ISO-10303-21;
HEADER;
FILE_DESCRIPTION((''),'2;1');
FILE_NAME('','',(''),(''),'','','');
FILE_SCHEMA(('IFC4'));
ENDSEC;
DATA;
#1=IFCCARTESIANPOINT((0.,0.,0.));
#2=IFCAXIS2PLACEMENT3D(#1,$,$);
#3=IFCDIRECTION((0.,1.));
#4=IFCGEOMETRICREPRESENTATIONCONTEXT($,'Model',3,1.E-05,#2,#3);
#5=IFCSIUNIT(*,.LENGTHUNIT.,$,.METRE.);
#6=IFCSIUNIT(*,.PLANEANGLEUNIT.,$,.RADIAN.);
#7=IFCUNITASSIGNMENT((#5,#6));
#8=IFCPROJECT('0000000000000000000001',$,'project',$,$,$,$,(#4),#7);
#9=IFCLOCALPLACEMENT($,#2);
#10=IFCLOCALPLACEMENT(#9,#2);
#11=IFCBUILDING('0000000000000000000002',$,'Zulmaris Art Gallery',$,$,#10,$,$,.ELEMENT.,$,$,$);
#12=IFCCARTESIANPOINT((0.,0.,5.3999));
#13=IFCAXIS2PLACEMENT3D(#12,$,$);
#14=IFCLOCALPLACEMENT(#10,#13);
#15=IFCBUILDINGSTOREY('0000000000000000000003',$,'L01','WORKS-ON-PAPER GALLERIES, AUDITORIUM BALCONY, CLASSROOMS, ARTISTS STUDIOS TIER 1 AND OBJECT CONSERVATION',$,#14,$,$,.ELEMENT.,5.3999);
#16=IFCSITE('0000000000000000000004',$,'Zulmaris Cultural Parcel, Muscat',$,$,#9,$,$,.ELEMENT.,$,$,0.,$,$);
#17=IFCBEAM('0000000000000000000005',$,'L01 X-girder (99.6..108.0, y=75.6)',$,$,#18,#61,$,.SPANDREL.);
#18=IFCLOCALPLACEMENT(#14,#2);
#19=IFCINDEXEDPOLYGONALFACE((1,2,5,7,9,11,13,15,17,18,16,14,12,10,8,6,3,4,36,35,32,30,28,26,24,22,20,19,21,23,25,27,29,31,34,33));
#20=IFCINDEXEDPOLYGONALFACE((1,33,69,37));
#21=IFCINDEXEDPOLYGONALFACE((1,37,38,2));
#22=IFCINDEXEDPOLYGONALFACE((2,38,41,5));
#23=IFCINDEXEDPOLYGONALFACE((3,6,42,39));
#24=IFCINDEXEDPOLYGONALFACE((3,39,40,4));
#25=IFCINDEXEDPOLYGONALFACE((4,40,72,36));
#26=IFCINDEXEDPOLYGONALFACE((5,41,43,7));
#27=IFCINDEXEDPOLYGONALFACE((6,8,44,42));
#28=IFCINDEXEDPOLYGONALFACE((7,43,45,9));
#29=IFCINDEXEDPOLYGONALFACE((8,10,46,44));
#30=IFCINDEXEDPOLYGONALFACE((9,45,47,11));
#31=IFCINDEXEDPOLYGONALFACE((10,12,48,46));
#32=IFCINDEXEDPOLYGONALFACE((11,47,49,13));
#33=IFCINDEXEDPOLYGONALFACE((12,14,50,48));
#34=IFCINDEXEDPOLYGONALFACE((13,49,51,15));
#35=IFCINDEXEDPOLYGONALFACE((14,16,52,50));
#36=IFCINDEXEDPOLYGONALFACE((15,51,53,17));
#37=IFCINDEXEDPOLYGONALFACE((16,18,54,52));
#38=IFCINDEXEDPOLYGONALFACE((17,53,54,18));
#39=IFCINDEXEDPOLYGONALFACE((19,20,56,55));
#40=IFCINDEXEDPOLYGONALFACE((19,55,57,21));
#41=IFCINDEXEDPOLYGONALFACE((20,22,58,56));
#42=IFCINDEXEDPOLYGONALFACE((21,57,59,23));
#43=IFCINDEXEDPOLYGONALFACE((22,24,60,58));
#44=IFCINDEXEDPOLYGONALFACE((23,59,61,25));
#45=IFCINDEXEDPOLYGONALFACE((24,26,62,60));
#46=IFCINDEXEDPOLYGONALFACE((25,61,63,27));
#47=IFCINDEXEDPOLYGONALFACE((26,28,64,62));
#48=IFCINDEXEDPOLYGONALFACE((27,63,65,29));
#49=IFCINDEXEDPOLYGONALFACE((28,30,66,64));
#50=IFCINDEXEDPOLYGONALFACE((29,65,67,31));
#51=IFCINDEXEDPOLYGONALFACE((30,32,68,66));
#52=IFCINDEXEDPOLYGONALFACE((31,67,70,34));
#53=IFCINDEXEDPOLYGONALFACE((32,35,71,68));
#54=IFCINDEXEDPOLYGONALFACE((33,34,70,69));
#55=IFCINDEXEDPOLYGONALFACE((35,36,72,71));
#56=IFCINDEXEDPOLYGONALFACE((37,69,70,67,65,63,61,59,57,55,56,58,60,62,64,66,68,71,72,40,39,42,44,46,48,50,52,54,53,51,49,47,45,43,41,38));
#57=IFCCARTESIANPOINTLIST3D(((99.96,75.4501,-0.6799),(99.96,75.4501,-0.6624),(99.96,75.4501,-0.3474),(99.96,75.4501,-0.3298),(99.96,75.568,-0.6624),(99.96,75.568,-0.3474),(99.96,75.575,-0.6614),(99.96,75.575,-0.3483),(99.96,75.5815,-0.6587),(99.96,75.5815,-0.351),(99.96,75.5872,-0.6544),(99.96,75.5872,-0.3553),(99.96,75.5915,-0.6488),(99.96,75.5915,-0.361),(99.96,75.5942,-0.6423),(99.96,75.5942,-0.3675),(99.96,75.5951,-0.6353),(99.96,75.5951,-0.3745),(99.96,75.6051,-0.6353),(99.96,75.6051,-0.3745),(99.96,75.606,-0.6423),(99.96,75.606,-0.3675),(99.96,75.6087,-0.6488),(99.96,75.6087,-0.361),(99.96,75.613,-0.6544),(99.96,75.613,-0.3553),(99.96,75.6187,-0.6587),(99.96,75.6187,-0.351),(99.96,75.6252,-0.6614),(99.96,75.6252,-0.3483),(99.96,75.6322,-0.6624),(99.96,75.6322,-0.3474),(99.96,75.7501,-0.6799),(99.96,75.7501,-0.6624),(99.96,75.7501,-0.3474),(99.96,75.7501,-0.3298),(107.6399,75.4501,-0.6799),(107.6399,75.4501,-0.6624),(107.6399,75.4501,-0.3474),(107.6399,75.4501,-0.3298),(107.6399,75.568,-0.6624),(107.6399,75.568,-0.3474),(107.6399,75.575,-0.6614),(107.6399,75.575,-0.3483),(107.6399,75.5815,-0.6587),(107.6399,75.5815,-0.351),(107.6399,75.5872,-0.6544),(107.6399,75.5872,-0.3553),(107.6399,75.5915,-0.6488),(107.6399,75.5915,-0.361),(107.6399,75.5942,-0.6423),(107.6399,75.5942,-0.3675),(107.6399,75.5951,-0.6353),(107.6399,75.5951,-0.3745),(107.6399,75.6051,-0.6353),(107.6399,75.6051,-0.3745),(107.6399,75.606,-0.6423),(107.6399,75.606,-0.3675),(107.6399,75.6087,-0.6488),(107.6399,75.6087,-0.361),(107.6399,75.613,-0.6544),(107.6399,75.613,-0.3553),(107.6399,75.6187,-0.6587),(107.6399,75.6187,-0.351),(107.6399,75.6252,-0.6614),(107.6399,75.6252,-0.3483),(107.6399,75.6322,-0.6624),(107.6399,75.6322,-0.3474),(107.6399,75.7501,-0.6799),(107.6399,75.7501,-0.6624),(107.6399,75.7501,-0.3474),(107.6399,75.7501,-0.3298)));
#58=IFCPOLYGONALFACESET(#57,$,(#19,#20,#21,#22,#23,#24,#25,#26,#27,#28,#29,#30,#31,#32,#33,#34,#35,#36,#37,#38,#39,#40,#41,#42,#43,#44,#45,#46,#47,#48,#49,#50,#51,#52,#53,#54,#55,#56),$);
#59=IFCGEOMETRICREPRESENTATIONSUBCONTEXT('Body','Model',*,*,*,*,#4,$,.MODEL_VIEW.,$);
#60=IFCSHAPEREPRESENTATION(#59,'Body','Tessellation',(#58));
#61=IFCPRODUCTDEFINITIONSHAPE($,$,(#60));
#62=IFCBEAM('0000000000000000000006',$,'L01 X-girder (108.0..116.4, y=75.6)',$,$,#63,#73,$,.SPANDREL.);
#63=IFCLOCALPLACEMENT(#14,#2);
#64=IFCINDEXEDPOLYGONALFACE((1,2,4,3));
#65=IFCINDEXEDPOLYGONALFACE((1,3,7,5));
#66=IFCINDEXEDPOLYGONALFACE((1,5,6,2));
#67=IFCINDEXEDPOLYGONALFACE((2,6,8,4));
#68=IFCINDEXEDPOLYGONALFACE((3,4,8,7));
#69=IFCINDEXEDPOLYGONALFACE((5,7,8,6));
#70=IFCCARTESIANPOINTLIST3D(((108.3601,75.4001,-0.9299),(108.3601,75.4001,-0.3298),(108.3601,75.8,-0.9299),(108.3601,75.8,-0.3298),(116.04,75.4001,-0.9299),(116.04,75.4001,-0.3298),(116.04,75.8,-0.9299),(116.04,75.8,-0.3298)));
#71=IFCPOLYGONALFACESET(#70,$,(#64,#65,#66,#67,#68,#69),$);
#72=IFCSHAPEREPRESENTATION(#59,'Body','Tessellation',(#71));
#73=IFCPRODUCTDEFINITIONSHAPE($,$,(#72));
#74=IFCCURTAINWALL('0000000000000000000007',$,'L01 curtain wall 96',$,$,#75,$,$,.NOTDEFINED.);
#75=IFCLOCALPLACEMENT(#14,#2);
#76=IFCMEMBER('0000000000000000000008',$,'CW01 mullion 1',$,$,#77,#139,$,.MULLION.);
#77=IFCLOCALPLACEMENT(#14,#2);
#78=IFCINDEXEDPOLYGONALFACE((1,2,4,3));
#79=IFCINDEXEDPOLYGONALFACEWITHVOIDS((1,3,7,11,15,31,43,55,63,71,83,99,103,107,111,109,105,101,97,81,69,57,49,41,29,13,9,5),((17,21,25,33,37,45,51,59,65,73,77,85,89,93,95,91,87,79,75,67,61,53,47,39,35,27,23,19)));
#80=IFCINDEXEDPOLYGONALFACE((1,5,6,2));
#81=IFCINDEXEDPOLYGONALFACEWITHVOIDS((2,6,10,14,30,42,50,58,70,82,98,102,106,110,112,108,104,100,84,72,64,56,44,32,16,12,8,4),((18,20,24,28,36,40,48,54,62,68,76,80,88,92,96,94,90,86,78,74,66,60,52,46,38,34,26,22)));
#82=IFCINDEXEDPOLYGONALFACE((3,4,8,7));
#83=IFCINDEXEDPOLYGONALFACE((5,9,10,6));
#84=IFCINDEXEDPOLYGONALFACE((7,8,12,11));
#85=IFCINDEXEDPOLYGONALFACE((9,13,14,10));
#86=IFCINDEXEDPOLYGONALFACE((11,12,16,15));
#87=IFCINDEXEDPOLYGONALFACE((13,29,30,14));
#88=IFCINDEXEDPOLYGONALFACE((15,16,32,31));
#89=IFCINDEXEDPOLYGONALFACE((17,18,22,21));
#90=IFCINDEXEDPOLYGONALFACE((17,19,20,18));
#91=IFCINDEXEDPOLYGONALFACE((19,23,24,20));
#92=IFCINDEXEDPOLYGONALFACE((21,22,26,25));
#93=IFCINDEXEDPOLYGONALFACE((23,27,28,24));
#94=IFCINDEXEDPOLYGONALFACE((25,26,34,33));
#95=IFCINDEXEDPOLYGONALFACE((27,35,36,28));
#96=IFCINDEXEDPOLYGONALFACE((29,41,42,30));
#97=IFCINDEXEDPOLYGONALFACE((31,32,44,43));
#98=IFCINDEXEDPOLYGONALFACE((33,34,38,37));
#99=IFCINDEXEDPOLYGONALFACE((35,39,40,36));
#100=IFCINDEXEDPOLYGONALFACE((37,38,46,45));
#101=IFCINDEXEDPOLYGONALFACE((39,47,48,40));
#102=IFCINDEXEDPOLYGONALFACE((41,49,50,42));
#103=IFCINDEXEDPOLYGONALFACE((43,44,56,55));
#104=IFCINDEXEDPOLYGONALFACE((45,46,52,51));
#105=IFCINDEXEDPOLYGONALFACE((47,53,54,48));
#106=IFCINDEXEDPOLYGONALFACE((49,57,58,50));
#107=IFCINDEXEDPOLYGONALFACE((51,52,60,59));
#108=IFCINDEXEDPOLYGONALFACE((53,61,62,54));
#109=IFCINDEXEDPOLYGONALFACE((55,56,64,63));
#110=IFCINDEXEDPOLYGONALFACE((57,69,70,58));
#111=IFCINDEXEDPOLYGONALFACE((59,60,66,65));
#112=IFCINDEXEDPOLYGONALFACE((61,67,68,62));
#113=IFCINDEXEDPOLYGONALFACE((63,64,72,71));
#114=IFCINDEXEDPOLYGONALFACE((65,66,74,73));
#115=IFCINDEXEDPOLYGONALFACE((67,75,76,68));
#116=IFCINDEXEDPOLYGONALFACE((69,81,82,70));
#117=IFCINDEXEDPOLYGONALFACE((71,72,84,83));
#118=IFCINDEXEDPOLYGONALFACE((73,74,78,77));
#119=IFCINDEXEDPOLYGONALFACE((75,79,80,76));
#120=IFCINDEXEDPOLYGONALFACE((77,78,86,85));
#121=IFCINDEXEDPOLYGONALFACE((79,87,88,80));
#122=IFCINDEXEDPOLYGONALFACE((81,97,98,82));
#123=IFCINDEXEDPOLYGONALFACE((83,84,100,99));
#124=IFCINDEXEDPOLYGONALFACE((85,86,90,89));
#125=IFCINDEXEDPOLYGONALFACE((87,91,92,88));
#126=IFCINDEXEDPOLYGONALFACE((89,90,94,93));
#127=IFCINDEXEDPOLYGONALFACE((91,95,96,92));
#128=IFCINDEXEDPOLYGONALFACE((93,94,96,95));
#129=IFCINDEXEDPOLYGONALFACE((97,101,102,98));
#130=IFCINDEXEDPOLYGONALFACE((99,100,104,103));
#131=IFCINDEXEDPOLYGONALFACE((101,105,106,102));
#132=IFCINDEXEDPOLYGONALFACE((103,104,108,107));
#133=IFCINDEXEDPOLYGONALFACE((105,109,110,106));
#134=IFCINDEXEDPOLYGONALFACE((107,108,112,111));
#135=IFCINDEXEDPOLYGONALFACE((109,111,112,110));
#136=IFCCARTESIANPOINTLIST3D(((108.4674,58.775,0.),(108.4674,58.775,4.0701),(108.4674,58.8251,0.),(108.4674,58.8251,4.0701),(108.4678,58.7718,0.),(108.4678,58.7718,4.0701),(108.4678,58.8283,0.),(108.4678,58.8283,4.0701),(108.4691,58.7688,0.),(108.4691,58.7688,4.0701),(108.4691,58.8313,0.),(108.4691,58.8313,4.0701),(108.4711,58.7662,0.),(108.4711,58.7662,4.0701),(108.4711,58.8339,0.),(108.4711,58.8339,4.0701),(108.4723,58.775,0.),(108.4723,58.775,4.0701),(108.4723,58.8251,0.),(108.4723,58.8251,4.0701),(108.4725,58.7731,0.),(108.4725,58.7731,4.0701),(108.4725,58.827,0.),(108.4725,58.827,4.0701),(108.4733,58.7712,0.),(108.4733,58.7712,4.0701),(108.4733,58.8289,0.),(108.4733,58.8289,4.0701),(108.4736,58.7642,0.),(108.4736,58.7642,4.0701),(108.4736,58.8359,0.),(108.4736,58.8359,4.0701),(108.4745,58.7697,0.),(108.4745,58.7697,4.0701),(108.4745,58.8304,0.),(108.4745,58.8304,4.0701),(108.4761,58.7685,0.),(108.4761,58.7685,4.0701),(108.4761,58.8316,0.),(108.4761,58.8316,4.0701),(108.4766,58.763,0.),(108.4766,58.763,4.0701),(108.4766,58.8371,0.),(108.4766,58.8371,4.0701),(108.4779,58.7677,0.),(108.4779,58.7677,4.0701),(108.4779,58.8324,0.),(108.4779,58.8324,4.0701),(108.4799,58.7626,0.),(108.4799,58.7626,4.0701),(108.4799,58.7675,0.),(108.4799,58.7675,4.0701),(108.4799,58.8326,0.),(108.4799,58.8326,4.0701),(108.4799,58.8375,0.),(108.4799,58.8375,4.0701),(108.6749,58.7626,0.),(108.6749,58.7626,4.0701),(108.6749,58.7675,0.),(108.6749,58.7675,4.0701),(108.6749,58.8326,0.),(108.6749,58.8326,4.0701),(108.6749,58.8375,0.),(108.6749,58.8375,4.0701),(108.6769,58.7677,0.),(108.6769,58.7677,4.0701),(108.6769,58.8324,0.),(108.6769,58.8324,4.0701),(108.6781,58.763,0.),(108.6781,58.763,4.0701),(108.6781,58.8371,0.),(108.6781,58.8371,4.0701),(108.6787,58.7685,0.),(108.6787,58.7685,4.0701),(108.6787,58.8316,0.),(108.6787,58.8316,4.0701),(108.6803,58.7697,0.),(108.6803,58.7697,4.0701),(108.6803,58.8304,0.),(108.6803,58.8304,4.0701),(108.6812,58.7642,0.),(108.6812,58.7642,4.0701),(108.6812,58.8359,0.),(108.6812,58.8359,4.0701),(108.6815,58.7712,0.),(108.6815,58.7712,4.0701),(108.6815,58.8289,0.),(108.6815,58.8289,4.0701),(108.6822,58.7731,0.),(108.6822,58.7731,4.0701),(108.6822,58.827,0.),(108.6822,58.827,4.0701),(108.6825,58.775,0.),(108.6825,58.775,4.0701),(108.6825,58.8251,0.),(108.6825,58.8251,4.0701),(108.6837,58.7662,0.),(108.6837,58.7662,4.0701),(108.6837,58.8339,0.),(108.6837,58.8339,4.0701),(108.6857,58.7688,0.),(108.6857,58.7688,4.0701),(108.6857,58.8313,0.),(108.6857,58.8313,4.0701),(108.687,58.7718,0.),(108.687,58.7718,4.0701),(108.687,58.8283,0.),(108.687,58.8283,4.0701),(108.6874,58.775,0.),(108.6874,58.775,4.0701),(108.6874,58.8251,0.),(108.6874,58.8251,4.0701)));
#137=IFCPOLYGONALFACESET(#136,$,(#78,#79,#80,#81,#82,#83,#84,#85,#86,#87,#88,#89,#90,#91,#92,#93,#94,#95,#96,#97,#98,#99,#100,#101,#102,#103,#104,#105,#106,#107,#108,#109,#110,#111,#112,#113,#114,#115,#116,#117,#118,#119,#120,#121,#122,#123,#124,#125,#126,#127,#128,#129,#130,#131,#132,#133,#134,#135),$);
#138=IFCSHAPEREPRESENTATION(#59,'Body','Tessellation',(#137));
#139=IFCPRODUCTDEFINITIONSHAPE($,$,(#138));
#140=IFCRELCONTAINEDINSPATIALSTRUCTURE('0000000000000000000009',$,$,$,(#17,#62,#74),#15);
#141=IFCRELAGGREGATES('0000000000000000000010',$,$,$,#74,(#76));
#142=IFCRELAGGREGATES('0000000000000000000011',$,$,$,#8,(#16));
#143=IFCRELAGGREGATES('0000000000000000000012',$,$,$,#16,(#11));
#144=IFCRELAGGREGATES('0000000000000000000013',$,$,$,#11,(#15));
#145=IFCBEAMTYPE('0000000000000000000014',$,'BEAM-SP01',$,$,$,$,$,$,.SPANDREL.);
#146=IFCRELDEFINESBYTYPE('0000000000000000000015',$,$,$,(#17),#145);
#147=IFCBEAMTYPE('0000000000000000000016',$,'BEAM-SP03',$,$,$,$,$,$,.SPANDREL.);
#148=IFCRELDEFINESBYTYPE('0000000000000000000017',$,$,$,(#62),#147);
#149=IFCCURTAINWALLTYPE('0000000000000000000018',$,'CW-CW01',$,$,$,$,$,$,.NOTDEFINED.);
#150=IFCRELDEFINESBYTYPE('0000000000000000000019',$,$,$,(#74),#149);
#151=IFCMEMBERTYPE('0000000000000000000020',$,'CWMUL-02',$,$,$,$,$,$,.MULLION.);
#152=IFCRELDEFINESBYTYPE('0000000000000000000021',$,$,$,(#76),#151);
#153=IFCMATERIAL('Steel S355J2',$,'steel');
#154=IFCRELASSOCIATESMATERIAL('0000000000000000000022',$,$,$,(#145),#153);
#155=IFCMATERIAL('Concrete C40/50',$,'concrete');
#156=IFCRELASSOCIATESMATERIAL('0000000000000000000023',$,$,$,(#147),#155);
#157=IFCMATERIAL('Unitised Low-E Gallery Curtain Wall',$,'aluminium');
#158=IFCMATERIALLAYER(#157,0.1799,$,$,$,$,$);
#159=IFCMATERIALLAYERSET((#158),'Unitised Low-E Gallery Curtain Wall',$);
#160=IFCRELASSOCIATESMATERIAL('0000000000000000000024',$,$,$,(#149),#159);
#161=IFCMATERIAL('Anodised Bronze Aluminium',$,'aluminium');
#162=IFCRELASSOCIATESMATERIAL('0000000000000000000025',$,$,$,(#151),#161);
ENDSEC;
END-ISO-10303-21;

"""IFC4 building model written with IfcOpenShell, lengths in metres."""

from ifc_helpers import new_model, si_unit, direction, frame, origin, origin_2d, place, context, subcontext, project, spatial, rectangle, hollow_rectangle, i_section, extrude, material, layer, layer_set, material_profile, profile_set, type_object, element, aggregate, save


model = new_model("IFC4")

# Units and contexts
model_context = context("Model", 3, precision=1e-05, world=origin(), true_north=direction((0.0, 1.0)))
body_context = subcontext(model_context, "Body", "Model", "MODEL_VIEW")
ifc_project = project(units=[si_unit("LENGTHUNIT", "METRE"), si_unit("PLANEANGLEUNIT", "RADIAN")], contexts=[model_context])

# Site, building, storey
site_placement = place(None, origin())
site = spatial("IfcSite", under=ifc_project, at=site_placement, Name="Zulmaris Cultural Parcel, Muscat", CompositionType="ELEMENT", RefElevation=0.0)
building_placement = place(site_placement, origin())
building = spatial("IfcBuilding", under=site, at=building_placement, Name="Zulmaris Art Gallery", CompositionType="ELEMENT")
storey_placement = place(building_placement, frame((0.0, 0.0, 5.3999)))
storey = spatial("IfcBuildingStorey", under=building, at=storey_placement, Name="L01", Description="WORKS-ON-PAPER GALLERIES, AUDITORIUM BALCONY, CLASSROOMS, ARTISTS STUDIOS TIER 1 AND OBJECT CONSERVATION", CompositionType="ELEMENT", Elevation=5.3999)

# Shared definitions
ifc_material_1 = material(Name="Concrete C40/50", Category="concrete")

# Beams
ifc_material_2 = material(Name="Steel S355J2", Category="steel")
ifc_material_profile_1 = material_profile(ifc_material_2, i_section(OverallWidth=0.3, OverallDepth=0.3501, WebThickness=0.01, FlangeThickness=0.0176, FilletRadius=0.0271, at=origin_2d()), Name="HEA 360")
ifc_profile_set_1 = profile_set([ifc_material_profile_1], Name="Steel S355J2")
beam_type_1 = type_object("IfcBeamType", Name="BEAM-SP01", PredefinedType="SPANDREL", material=ifc_profile_set_1)
beam_1_placement = place(storey_placement, frame((99.96, 75.6001, -0.5049), z_axis=(1.0, 0.0, 0.0), x_axis=(0.0, 1.0, 0.0)))
element("IfcBeam", 1, at=beam_1_placement, inside=storey, type_object=beam_type_1, Name="L01 X-girder (99.6..108.0, y=75.6)", PredefinedType="SPANDREL", context=body_context, shape_type="SweptSolid", body=[
    extrude(i_section(OverallWidth=0.3, OverallDepth=0.3501, WebThickness=0.01, FlangeThickness=0.0176, FilletRadius=0.0271, at=origin_2d()), origin(), (0.0, 0.0, 1.0), 7.6799),
])
ifc_material_profile_2 = material_profile(ifc_material_1, rectangle(XDim=0.3999, YDim=0.6001, at=origin_2d()), Name="RC 400x600")
ifc_profile_set_2 = profile_set([ifc_material_profile_2], Name="Concrete C40/50")
beam_type_2 = type_object("IfcBeamType", Name="BEAM-SP03", PredefinedType="SPANDREL", material=ifc_profile_set_2)
beam_2_placement = place(storey_placement, frame((108.3601, 75.6001, -0.6299), z_axis=(1.0, 0.0, 0.0), x_axis=(0.0, 1.0, 0.0)))
element("IfcBeam", 2, at=beam_2_placement, inside=storey, type_object=beam_type_2, Name="L01 X-girder (108.0..116.4, y=75.6)", PredefinedType="SPANDREL", context=body_context, shape_type="SweptSolid", body=[
    extrude(rectangle(XDim=0.3999, YDim=0.6001, at=origin_2d()), origin(), (0.0, 0.0, 1.0), 7.6799),
])

# Curtain wall, member
ifc_material_3 = material(Name="Unitised Low-E Gallery Curtain Wall", Category="aluminium")
ifc_layer_1 = layer(ifc_material_3, 0.1799)
ifc_layer_set_1 = layer_set([ifc_layer_1], Name="Unitised Low-E Gallery Curtain Wall")
curtain_wall_type = type_object("IfcCurtainWallType", Name="CW-CW01", PredefinedType="NOTDEFINED", material=ifc_layer_set_1)
curtain_wall_placement = place(storey_placement, origin())
curtain_wall = element("IfcCurtainWall", 3, at=curtain_wall_placement, inside=storey, type_object=curtain_wall_type, Name="L01 curtain wall 96", PredefinedType="NOTDEFINED")
ifc_material_4 = material(Name="Anodised Bronze Aluminium", Category="aluminium")
ifc_material_profile_3 = material_profile(ifc_material_4, hollow_rectangle(XDim=0.075, YDim=0.22, WallThickness=0.0049, InnerFilletRadius=0.0076, OuterFilletRadius=0.0125, at=origin_2d()), Name="ALU 75x220x5")
ifc_profile_set_3 = profile_set([ifc_material_profile_3], Name="Anodised Bronze Aluminium")
member_type_1 = type_object("IfcMemberType", Name="CWMUL-02", PredefinedType="MULLION", material=ifc_profile_set_3)
member_1_placement = place(storey_placement, frame((108.5774, 58.8, 0.0), z_axis=(0.0, 0.0, 1.0), x_axis=(0.0, 1.0, 0.0)))
member_1 = element("IfcMember", 4, at=member_1_placement, type_object=member_type_1, Name="CW01 mullion 1", PredefinedType="MULLION", context=body_context, shape_type="SweptSolid", body=[
    extrude(hollow_rectangle(XDim=0.075, YDim=0.22, WallThickness=0.0049, InnerFilletRadius=0.0076, OuterFilletRadius=0.0125, at=origin_2d()), origin(), (0.0, 0.0, 1.0), 4.0701),
])
aggregate(curtain_wall, [member_1])

save(model, "model.ifc")
